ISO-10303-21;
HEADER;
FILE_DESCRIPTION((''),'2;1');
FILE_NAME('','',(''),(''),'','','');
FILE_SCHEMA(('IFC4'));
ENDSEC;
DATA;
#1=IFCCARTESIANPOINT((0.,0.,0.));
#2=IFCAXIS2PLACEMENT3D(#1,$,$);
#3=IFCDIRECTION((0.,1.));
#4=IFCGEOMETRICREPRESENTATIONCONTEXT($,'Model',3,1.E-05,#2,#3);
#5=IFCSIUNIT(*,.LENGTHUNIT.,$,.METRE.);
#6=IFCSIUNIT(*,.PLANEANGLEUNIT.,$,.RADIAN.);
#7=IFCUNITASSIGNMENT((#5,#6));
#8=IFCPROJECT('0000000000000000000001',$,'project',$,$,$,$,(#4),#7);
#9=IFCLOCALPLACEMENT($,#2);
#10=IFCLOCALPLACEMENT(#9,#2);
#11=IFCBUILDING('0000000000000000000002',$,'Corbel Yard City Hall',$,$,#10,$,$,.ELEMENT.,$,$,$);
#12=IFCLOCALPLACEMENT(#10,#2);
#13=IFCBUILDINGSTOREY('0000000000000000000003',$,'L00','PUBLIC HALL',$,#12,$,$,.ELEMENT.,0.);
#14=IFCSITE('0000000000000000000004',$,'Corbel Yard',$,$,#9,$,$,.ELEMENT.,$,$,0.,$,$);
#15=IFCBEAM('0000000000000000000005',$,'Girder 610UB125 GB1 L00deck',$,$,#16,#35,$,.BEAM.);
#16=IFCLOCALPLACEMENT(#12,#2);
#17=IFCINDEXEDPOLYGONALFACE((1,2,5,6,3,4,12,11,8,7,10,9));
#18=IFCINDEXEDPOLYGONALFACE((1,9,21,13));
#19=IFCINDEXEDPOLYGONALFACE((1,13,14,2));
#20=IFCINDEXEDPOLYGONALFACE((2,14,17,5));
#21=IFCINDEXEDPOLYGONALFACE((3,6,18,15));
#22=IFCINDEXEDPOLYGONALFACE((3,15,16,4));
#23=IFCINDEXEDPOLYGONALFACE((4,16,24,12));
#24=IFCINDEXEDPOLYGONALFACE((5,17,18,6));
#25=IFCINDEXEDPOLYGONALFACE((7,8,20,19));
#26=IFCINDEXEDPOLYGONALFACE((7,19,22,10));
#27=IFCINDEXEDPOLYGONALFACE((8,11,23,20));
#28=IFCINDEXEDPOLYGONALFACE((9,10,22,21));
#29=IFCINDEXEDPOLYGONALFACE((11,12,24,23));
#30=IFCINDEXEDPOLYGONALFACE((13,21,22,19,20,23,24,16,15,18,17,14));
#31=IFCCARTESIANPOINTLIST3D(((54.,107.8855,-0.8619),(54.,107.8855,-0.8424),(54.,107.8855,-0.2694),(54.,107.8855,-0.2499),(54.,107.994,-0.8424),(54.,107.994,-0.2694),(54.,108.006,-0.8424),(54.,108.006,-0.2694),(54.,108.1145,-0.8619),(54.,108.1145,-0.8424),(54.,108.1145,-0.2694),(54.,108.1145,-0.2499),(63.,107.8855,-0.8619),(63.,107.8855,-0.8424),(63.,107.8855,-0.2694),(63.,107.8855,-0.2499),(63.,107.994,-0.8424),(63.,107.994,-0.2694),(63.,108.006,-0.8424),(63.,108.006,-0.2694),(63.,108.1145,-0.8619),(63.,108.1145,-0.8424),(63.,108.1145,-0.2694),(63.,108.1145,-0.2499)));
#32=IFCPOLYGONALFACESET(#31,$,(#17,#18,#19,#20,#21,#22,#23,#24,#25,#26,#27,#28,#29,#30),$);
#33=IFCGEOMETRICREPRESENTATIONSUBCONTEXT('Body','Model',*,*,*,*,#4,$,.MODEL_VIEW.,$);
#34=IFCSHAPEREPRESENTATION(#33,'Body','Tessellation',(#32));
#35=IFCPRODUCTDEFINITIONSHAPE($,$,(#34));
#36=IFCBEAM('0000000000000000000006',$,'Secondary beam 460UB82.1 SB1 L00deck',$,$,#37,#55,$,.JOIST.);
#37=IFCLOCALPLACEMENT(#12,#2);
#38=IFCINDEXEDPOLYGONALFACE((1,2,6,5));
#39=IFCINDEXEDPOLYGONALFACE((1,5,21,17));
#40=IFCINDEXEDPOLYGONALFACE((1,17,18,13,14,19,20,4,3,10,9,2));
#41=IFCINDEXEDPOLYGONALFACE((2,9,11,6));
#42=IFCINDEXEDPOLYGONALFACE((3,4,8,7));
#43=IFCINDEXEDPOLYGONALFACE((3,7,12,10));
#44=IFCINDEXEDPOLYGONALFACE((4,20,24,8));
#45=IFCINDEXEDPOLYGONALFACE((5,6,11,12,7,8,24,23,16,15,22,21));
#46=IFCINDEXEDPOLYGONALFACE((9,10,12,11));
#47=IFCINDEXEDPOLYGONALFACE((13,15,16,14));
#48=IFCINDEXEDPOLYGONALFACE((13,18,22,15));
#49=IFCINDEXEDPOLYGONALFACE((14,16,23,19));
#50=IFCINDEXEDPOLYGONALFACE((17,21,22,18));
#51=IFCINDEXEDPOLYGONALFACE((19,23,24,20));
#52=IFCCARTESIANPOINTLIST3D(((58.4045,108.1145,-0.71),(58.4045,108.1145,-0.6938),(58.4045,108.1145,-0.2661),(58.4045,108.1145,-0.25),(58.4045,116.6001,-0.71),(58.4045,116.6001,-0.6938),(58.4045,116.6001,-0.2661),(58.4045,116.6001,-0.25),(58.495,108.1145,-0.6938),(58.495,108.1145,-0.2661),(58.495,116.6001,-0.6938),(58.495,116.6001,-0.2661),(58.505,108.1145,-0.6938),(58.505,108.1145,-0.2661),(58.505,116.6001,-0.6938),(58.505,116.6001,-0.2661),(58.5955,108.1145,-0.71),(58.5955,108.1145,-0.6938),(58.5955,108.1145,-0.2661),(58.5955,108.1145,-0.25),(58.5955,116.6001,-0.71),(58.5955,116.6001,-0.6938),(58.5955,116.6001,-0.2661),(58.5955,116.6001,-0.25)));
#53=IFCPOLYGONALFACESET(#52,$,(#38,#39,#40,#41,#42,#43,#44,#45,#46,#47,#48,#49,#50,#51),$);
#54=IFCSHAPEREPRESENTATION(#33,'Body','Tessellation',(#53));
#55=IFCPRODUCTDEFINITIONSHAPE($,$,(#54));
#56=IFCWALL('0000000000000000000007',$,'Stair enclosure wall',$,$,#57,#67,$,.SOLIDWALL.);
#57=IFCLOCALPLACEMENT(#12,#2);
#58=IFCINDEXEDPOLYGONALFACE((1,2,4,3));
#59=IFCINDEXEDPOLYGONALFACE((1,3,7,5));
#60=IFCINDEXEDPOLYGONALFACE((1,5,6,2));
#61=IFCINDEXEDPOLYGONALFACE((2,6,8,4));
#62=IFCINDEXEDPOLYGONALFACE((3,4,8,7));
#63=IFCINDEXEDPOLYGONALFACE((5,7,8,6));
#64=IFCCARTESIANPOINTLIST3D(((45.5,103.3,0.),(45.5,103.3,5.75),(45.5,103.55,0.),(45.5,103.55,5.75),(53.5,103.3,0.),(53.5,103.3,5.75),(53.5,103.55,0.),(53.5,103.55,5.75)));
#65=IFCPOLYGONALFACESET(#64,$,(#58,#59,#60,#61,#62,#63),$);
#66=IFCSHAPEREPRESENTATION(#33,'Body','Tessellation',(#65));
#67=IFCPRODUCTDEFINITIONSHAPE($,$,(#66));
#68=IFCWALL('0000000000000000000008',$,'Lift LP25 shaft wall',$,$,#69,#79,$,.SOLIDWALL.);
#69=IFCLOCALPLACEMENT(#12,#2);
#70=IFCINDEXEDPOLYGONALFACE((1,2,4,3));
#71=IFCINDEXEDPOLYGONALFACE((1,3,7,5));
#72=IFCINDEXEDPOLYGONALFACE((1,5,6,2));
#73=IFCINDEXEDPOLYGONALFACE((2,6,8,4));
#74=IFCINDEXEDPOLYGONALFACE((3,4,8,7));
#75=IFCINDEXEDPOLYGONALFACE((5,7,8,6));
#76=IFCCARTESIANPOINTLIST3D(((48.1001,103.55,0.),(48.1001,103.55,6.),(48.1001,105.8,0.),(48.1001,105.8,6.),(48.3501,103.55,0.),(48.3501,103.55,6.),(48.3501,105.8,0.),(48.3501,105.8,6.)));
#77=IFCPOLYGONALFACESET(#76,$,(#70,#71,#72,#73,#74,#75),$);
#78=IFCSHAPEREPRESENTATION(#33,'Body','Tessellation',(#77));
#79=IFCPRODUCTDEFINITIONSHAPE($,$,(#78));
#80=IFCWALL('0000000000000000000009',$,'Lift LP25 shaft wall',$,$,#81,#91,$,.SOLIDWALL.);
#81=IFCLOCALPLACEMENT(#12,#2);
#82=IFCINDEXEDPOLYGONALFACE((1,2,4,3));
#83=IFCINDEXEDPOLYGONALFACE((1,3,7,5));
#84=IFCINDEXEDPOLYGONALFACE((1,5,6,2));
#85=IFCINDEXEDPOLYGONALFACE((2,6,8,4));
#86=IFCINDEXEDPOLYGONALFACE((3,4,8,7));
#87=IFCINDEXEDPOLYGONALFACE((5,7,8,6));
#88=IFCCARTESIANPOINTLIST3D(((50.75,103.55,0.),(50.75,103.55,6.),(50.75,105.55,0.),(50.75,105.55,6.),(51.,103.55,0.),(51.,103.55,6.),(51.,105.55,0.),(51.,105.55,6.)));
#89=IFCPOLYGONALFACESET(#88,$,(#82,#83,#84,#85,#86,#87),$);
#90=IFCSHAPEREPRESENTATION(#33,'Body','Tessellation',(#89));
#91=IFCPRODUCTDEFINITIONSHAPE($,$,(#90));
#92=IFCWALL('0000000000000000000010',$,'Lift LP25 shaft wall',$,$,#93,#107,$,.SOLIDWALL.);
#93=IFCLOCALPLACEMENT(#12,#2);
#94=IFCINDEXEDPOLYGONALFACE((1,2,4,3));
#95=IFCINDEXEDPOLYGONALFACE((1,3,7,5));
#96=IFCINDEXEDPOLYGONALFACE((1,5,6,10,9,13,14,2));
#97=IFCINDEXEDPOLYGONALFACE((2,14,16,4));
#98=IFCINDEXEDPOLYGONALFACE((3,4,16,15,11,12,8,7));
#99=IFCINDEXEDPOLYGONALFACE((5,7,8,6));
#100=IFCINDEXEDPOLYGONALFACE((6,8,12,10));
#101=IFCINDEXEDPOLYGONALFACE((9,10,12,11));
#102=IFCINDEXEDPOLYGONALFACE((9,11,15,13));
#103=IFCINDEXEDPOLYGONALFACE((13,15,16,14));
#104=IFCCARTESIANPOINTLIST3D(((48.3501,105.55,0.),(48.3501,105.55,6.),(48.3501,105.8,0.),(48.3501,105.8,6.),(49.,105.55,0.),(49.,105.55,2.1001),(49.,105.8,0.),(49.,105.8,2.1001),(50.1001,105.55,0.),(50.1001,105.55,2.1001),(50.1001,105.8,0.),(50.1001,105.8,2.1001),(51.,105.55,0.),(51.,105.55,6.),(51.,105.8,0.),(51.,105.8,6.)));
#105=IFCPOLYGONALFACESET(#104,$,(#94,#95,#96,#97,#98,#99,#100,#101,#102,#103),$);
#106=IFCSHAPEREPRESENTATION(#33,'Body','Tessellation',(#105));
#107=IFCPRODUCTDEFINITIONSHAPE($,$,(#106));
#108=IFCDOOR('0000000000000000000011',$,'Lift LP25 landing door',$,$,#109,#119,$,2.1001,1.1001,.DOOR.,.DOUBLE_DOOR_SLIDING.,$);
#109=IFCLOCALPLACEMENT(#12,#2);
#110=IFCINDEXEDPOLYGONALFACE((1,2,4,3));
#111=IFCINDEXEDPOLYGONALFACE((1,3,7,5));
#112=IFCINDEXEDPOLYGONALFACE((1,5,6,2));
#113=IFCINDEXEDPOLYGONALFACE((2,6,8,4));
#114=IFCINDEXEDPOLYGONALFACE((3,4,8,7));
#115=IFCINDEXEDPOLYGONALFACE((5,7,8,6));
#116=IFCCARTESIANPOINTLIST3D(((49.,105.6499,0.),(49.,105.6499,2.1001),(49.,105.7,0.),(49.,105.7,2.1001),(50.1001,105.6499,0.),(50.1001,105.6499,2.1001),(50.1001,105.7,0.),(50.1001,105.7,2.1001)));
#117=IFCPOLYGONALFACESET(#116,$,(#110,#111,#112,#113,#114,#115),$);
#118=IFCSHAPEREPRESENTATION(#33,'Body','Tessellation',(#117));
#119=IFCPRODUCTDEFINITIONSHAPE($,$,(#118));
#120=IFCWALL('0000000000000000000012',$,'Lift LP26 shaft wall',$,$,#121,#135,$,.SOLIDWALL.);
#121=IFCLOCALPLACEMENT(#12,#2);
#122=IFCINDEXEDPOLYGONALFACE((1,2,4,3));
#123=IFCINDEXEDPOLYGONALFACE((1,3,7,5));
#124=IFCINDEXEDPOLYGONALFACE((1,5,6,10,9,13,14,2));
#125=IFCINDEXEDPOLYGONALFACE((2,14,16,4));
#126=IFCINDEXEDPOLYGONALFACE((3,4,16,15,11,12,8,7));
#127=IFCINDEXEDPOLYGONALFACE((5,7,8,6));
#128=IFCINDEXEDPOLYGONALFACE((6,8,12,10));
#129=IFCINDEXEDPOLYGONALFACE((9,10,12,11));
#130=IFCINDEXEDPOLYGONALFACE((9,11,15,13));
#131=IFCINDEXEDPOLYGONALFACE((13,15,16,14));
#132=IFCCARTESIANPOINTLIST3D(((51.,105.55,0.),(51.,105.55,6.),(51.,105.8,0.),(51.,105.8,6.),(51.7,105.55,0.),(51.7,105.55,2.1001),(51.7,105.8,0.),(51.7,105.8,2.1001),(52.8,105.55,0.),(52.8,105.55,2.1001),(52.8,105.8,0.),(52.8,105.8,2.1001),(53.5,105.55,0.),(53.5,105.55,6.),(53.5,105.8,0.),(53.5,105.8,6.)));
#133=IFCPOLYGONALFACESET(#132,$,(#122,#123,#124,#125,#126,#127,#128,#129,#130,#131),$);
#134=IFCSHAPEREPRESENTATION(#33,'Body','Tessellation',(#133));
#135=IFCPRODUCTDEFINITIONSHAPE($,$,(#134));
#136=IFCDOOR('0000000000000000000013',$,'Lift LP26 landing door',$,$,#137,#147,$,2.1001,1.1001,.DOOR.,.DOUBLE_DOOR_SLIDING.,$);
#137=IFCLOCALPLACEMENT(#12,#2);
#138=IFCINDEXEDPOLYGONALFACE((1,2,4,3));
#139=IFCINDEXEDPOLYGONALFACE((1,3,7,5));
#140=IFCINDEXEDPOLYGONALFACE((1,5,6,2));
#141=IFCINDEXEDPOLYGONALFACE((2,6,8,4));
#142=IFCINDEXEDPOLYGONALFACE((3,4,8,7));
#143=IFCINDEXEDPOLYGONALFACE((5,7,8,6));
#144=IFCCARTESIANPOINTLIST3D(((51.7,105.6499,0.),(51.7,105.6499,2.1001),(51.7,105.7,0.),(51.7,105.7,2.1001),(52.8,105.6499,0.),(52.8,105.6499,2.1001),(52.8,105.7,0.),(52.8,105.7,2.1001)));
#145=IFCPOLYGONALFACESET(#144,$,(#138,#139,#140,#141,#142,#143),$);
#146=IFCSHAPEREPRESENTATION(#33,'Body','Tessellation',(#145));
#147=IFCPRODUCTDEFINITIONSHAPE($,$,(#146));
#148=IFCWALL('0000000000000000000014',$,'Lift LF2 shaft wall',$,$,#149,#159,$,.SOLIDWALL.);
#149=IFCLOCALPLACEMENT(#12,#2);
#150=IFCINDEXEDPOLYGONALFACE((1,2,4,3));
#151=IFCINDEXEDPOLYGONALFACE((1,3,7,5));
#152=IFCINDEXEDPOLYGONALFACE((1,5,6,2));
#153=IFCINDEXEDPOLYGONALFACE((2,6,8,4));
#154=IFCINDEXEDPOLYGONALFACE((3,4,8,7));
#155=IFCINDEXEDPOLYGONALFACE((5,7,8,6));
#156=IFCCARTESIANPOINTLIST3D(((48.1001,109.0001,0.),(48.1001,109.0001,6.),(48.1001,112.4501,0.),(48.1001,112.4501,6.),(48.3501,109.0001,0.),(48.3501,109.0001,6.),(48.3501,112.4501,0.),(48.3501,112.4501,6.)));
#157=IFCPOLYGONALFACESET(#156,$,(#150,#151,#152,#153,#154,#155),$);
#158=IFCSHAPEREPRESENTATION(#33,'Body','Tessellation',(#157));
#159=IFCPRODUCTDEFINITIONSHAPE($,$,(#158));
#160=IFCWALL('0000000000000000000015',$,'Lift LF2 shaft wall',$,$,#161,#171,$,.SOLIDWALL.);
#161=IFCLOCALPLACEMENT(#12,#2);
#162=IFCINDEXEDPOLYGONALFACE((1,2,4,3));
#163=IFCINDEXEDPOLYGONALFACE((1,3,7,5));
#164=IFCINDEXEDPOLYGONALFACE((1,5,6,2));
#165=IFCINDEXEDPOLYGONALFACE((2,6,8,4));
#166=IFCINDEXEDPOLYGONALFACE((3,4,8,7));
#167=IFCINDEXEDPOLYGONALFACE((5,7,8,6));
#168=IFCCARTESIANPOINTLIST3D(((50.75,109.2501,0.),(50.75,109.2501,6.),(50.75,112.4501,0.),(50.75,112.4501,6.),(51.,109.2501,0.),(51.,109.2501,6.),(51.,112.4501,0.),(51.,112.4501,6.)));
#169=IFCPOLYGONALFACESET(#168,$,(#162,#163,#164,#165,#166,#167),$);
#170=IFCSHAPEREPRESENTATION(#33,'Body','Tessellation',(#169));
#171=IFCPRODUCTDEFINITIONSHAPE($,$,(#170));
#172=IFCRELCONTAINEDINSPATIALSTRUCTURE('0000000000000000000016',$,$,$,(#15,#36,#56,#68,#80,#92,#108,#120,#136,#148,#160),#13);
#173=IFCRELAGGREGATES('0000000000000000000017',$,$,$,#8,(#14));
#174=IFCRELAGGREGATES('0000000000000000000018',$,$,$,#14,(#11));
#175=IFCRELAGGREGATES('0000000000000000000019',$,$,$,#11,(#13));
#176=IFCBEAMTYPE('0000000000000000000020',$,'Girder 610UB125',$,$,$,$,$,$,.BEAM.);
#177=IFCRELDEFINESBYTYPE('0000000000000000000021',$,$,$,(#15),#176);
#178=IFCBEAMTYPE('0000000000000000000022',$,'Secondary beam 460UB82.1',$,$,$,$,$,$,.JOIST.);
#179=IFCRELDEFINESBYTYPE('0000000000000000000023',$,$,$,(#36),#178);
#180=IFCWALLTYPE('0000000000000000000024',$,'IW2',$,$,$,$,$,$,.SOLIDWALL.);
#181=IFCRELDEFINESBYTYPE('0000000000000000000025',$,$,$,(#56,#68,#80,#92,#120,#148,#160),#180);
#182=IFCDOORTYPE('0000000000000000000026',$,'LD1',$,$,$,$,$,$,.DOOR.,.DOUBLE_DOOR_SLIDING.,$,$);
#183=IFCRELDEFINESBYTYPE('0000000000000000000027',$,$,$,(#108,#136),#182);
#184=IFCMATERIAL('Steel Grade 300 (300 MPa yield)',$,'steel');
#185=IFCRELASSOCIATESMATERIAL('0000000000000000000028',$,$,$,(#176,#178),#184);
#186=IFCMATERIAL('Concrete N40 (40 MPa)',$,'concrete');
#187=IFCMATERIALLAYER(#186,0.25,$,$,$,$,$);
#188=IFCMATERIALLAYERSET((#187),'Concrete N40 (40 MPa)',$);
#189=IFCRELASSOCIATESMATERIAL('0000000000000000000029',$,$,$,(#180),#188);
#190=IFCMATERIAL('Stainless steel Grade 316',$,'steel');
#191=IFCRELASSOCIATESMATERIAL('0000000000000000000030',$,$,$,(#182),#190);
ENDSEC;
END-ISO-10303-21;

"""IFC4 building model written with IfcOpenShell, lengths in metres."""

from ifc_helpers import new_model, si_unit, direction, frame, frame_2d, origin, origin_2d, place, context, subcontext, project, spatial, rectangle, i_section, extrude, material, layer, layer_set, material_profile, profile_set, type_object, element, fill, save


model = new_model("IFC4")

# Units and contexts
model_context = context("Model", 3, precision=1e-05, world=origin(), true_north=direction((0.0, 1.0)))
body_context = subcontext(model_context, "Body", "Model", "MODEL_VIEW")
ifc_project = project(units=[si_unit("LENGTHUNIT", "METRE"), si_unit("PLANEANGLEUNIT", "RADIAN")], contexts=[model_context])

# Site, building, storey
site_placement = place(None, origin())
site = spatial("IfcSite", under=ifc_project, at=site_placement, Name="Corbel Yard", CompositionType="ELEMENT", RefElevation=0.0)
building_placement = place(site_placement, origin())
building = spatial("IfcBuilding", under=site, at=building_placement, Name="Corbel Yard City Hall", CompositionType="ELEMENT")
storey_placement = place(building_placement, origin())
storey = spatial("IfcBuildingStorey", under=building, at=storey_placement, Name="L00", Description="PUBLIC HALL", CompositionType="ELEMENT", Elevation=0.0)

# Beams
ifc_material_1 = material(Name="Steel Grade 300 (300 MPa yield)", Category="steel")
ifc_material_profile_1 = material_profile(ifc_material_1, i_section(OverallWidth=0.229, OverallDepth=0.6121, WebThickness=0.012, FlangeThickness=0.0195, at=origin_2d()), Name="610UB125")
ifc_profile_set_1 = profile_set([ifc_material_profile_1], Name="Steel Grade 300 (300 MPa yield)")
beam_type_1 = type_object("IfcBeamType", Name="Girder 610UB125", PredefinedType="BEAM", material=ifc_profile_set_1)
beam_1_placement = place(storey_placement, frame((54.0, 108.0, -0.5559), z_axis=(1.0, 0.0, 0.0), x_axis=(0.0, 1.0, 0.0)))
element("IfcBeam", 1, at=beam_1_placement, inside=storey, type_object=beam_type_1, Name="Girder 610UB125 GB1 L00deck", PredefinedType="BEAM", context=body_context, shape_type="SweptSolid", body=[
    extrude(i_section(OverallWidth=0.229, OverallDepth=0.6121, WebThickness=0.012, FlangeThickness=0.0195, at=origin_2d()), origin(), (0.0, 0.0, 1.0), 9.0),
])
ifc_material_profile_2 = material_profile(ifc_material_1, i_section(OverallWidth=0.1909, OverallDepth=0.46, WebThickness=0.01, FlangeThickness=0.0161, at=origin_2d()), Name="460UB82.1")
ifc_profile_set_2 = profile_set([ifc_material_profile_2], Name="Steel Grade 300 (300 MPa yield)")
beam_type_2 = type_object("IfcBeamType", Name="Secondary beam 460UB82.1", PredefinedType="JOIST", material=ifc_profile_set_2)
beam_2_placement = place(storey_placement, frame((58.5, 108.1145, -0.48), z_axis=(0.0, 1.0, 0.0), x_axis=(-1.0, 0.0, 0.0)))
element("IfcBeam", 2, at=beam_2_placement, inside=storey, type_object=beam_type_2, Name="Secondary beam 460UB82.1 SB1 L00deck", PredefinedType="JOIST", context=body_context, shape_type="SweptSolid", body=[
    extrude(i_section(OverallWidth=0.1909, OverallDepth=0.46, WebThickness=0.01, FlangeThickness=0.0161, at=origin_2d()), origin(), (0.0, 0.0, 1.0), 8.4856),
])

# Walls
ifc_material_2 = material(Name="Concrete N40 (40 MPa)", Category="concrete")
ifc_layer_1 = layer(ifc_material_2, 0.25)
ifc_layer_set_1 = layer_set([ifc_layer_1], Name="Concrete N40 (40 MPa)")
wall_type_1 = type_object("IfcWallType", Name="IW2", PredefinedType="SOLIDWALL", material=ifc_layer_set_1)
wall_1_placement = place(storey_placement, frame((45.5, 103.425, 0.0), z_axis=(0.0, 0.0, 1.0), x_axis=(1.0, 0.0, 0.0)))
element("IfcWall", 3, at=wall_1_placement, inside=storey, type_object=wall_type_1, Name="Stair enclosure wall", PredefinedType="SOLIDWALL", context=body_context, shape_type="SweptSolid", body=[
    extrude(rectangle(XDim=8.0, YDim=0.25, at=frame_2d((4.0, 0.0))), origin(), (0.0, 0.0, 1.0), 5.75),
])
wall_2_placement = place(storey_placement, frame((48.2251, 103.55, 0.0), z_axis=(0.0, 0.0, 1.0), x_axis=(0.0, 1.0, 0.0)))
element("IfcWall", 4, at=wall_2_placement, inside=storey, type_object=wall_type_1, Name="Lift LP25 shaft wall", PredefinedType="SOLIDWALL", context=body_context, shape_type="SweptSolid", body=[
    extrude(rectangle(XDim=2.25, YDim=0.25, at=frame_2d((1.125, 0.0))), origin(), (0.0, 0.0, 1.0), 6.0),
])
wall_3_placement = place(storey_placement, frame((50.875, 103.55, 0.0), z_axis=(0.0, 0.0, 1.0), x_axis=(0.0, 1.0, 0.0)))
element("IfcWall", 5, at=wall_3_placement, inside=storey, type_object=wall_type_1, Name="Lift LP25 shaft wall", PredefinedType="SOLIDWALL", context=body_context, shape_type="SweptSolid", body=[
    extrude(rectangle(XDim=2.0, YDim=0.25, at=frame_2d((1.0, 0.0))), origin(), (0.0, 0.0, 1.0), 6.0),
])

# Walls, openings, doors
wall_4_placement = place(storey_placement, frame((48.3501, 105.675, 0.0), z_axis=(0.0, 0.0, 1.0), x_axis=(1.0, 0.0, 0.0)))
wall_4 = element("IfcWall", 6, at=wall_4_placement, inside=storey, type_object=wall_type_1, Name="Lift LP25 shaft wall", PredefinedType="SOLIDWALL", context=body_context, shape_type="SweptSolid", body=[
    extrude(rectangle(XDim=2.6499, YDim=0.25, at=frame_2d((1.325, 0.0))), origin(), (0.0, 0.0, 1.0), 6.0),
])
opening_1_placement = place(wall_4_placement, frame((0.6499, 0.0, 0.0)))
opening_1 = element("IfcOpeningElement", 7, at=opening_1_placement, cuts=wall_4, PredefinedType="OPENING", context=body_context, shape_type="SweptSolid", body=[
    extrude(rectangle(XDim=1.1001, YDim=2.1001, at=frame_2d((0.55, 1.05))), frame((0.0, 0.135, 0.0), z_axis=(0.0, -1.0, 0.0), x_axis=(1.0, 0.0, 0.0)), (0.0, 0.0, 1.0), 0.27),
])
ifc_material_3 = material(Name="Stainless steel Grade 316", Category="steel")
door_type_1 = type_object("IfcDoorType", Name="LD1", OperationType="DOUBLE_DOOR_SLIDING", PredefinedType="DOOR", material=ifc_material_3)
door_1_placement = place(opening_1_placement, origin())
door_1 = element("IfcDoor", 8, at=door_1_placement, inside=storey, type_object=door_type_1, Name="Lift LP25 landing door", OperationType="DOUBLE_DOOR_SLIDING", OverallHeight=2.1001, OverallWidth=1.1001, PredefinedType="DOOR", context=body_context, shape_type="SweptSolid", body=[
    extrude(rectangle(XDim=1.1001, YDim=2.1001, at=frame_2d((0.55, 1.05))), frame((0.0, 0.0249, 0.0), z_axis=(0.0, -1.0, 0.0), x_axis=(1.0, 0.0, 0.0)), (0.0, 0.0, 1.0), 0.05),
])
fill(opening_1, door_1)
wall_5_placement = place(storey_placement, frame((51.0, 105.675, 0.0), z_axis=(0.0, 0.0, 1.0), x_axis=(1.0, 0.0, 0.0)))
wall_5 = element("IfcWall", 9, at=wall_5_placement, inside=storey, type_object=wall_type_1, Name="Lift LP26 shaft wall", PredefinedType="SOLIDWALL", context=body_context, shape_type="SweptSolid", body=[
    extrude(rectangle(XDim=2.5, YDim=0.25, at=frame_2d((1.25, 0.0))), origin(), (0.0, 0.0, 1.0), 6.0),
])
opening_2_placement = place(wall_5_placement, frame((0.7, 0.0, 0.0)))
opening_2 = element("IfcOpeningElement", 10, at=opening_2_placement, cuts=wall_5, PredefinedType="OPENING", context=body_context, shape_type="SweptSolid", body=[
    extrude(rectangle(XDim=1.1001, YDim=2.1001, at=frame_2d((0.55, 1.05))), frame((0.0, 0.135, 0.0), z_axis=(0.0, -1.0, 0.0), x_axis=(1.0, 0.0, 0.0)), (0.0, 0.0, 1.0), 0.27),
])
door_2_placement = place(opening_2_placement, origin())
door_2 = element("IfcDoor", 11, at=door_2_placement, inside=storey, type_object=door_type_1, Name="Lift LP26 landing door", OperationType="DOUBLE_DOOR_SLIDING", OverallHeight=2.1001, OverallWidth=1.1001, PredefinedType="DOOR", context=body_context, shape_type="SweptSolid", body=[
    extrude(rectangle(XDim=1.1001, YDim=2.1001, at=frame_2d((0.55, 1.05))), frame((0.0, 0.0249, 0.0), z_axis=(0.0, -1.0, 0.0), x_axis=(1.0, 0.0, 0.0)), (0.0, 0.0, 1.0), 0.05),
])
fill(opening_2, door_2)

# Walls
wall_6_placement = place(storey_placement, frame((48.2251, 109.0, 0.0), z_axis=(0.0, 0.0, 1.0), x_axis=(0.0, 1.0, 0.0)))
element("IfcWall", 12, at=wall_6_placement, inside=storey, type_object=wall_type_1, Name="Lift LF2 shaft wall", PredefinedType="SOLIDWALL", context=body_context, shape_type="SweptSolid", body=[
    extrude(rectangle(XDim=3.45, YDim=0.25, at=frame_2d((1.7251, 0.0))), origin(), (0.0, 0.0, 1.0), 6.0),
])
wall_7_placement = place(storey_placement, frame((50.875, 109.25, 0.0), z_axis=(0.0, 0.0, 1.0), x_axis=(0.0, 1.0, 0.0)))
element("IfcWall", 13, at=wall_7_placement, inside=storey, type_object=wall_type_1, Name="Lift LF2 shaft wall", PredefinedType="SOLIDWALL", context=body_context, shape_type="SweptSolid", body=[
    extrude(rectangle(XDim=3.2, YDim=0.25, at=frame_2d((1.6001, 0.0))), origin(), (0.0, 0.0, 1.0), 6.0),
])

save(model, "model.ifc")
